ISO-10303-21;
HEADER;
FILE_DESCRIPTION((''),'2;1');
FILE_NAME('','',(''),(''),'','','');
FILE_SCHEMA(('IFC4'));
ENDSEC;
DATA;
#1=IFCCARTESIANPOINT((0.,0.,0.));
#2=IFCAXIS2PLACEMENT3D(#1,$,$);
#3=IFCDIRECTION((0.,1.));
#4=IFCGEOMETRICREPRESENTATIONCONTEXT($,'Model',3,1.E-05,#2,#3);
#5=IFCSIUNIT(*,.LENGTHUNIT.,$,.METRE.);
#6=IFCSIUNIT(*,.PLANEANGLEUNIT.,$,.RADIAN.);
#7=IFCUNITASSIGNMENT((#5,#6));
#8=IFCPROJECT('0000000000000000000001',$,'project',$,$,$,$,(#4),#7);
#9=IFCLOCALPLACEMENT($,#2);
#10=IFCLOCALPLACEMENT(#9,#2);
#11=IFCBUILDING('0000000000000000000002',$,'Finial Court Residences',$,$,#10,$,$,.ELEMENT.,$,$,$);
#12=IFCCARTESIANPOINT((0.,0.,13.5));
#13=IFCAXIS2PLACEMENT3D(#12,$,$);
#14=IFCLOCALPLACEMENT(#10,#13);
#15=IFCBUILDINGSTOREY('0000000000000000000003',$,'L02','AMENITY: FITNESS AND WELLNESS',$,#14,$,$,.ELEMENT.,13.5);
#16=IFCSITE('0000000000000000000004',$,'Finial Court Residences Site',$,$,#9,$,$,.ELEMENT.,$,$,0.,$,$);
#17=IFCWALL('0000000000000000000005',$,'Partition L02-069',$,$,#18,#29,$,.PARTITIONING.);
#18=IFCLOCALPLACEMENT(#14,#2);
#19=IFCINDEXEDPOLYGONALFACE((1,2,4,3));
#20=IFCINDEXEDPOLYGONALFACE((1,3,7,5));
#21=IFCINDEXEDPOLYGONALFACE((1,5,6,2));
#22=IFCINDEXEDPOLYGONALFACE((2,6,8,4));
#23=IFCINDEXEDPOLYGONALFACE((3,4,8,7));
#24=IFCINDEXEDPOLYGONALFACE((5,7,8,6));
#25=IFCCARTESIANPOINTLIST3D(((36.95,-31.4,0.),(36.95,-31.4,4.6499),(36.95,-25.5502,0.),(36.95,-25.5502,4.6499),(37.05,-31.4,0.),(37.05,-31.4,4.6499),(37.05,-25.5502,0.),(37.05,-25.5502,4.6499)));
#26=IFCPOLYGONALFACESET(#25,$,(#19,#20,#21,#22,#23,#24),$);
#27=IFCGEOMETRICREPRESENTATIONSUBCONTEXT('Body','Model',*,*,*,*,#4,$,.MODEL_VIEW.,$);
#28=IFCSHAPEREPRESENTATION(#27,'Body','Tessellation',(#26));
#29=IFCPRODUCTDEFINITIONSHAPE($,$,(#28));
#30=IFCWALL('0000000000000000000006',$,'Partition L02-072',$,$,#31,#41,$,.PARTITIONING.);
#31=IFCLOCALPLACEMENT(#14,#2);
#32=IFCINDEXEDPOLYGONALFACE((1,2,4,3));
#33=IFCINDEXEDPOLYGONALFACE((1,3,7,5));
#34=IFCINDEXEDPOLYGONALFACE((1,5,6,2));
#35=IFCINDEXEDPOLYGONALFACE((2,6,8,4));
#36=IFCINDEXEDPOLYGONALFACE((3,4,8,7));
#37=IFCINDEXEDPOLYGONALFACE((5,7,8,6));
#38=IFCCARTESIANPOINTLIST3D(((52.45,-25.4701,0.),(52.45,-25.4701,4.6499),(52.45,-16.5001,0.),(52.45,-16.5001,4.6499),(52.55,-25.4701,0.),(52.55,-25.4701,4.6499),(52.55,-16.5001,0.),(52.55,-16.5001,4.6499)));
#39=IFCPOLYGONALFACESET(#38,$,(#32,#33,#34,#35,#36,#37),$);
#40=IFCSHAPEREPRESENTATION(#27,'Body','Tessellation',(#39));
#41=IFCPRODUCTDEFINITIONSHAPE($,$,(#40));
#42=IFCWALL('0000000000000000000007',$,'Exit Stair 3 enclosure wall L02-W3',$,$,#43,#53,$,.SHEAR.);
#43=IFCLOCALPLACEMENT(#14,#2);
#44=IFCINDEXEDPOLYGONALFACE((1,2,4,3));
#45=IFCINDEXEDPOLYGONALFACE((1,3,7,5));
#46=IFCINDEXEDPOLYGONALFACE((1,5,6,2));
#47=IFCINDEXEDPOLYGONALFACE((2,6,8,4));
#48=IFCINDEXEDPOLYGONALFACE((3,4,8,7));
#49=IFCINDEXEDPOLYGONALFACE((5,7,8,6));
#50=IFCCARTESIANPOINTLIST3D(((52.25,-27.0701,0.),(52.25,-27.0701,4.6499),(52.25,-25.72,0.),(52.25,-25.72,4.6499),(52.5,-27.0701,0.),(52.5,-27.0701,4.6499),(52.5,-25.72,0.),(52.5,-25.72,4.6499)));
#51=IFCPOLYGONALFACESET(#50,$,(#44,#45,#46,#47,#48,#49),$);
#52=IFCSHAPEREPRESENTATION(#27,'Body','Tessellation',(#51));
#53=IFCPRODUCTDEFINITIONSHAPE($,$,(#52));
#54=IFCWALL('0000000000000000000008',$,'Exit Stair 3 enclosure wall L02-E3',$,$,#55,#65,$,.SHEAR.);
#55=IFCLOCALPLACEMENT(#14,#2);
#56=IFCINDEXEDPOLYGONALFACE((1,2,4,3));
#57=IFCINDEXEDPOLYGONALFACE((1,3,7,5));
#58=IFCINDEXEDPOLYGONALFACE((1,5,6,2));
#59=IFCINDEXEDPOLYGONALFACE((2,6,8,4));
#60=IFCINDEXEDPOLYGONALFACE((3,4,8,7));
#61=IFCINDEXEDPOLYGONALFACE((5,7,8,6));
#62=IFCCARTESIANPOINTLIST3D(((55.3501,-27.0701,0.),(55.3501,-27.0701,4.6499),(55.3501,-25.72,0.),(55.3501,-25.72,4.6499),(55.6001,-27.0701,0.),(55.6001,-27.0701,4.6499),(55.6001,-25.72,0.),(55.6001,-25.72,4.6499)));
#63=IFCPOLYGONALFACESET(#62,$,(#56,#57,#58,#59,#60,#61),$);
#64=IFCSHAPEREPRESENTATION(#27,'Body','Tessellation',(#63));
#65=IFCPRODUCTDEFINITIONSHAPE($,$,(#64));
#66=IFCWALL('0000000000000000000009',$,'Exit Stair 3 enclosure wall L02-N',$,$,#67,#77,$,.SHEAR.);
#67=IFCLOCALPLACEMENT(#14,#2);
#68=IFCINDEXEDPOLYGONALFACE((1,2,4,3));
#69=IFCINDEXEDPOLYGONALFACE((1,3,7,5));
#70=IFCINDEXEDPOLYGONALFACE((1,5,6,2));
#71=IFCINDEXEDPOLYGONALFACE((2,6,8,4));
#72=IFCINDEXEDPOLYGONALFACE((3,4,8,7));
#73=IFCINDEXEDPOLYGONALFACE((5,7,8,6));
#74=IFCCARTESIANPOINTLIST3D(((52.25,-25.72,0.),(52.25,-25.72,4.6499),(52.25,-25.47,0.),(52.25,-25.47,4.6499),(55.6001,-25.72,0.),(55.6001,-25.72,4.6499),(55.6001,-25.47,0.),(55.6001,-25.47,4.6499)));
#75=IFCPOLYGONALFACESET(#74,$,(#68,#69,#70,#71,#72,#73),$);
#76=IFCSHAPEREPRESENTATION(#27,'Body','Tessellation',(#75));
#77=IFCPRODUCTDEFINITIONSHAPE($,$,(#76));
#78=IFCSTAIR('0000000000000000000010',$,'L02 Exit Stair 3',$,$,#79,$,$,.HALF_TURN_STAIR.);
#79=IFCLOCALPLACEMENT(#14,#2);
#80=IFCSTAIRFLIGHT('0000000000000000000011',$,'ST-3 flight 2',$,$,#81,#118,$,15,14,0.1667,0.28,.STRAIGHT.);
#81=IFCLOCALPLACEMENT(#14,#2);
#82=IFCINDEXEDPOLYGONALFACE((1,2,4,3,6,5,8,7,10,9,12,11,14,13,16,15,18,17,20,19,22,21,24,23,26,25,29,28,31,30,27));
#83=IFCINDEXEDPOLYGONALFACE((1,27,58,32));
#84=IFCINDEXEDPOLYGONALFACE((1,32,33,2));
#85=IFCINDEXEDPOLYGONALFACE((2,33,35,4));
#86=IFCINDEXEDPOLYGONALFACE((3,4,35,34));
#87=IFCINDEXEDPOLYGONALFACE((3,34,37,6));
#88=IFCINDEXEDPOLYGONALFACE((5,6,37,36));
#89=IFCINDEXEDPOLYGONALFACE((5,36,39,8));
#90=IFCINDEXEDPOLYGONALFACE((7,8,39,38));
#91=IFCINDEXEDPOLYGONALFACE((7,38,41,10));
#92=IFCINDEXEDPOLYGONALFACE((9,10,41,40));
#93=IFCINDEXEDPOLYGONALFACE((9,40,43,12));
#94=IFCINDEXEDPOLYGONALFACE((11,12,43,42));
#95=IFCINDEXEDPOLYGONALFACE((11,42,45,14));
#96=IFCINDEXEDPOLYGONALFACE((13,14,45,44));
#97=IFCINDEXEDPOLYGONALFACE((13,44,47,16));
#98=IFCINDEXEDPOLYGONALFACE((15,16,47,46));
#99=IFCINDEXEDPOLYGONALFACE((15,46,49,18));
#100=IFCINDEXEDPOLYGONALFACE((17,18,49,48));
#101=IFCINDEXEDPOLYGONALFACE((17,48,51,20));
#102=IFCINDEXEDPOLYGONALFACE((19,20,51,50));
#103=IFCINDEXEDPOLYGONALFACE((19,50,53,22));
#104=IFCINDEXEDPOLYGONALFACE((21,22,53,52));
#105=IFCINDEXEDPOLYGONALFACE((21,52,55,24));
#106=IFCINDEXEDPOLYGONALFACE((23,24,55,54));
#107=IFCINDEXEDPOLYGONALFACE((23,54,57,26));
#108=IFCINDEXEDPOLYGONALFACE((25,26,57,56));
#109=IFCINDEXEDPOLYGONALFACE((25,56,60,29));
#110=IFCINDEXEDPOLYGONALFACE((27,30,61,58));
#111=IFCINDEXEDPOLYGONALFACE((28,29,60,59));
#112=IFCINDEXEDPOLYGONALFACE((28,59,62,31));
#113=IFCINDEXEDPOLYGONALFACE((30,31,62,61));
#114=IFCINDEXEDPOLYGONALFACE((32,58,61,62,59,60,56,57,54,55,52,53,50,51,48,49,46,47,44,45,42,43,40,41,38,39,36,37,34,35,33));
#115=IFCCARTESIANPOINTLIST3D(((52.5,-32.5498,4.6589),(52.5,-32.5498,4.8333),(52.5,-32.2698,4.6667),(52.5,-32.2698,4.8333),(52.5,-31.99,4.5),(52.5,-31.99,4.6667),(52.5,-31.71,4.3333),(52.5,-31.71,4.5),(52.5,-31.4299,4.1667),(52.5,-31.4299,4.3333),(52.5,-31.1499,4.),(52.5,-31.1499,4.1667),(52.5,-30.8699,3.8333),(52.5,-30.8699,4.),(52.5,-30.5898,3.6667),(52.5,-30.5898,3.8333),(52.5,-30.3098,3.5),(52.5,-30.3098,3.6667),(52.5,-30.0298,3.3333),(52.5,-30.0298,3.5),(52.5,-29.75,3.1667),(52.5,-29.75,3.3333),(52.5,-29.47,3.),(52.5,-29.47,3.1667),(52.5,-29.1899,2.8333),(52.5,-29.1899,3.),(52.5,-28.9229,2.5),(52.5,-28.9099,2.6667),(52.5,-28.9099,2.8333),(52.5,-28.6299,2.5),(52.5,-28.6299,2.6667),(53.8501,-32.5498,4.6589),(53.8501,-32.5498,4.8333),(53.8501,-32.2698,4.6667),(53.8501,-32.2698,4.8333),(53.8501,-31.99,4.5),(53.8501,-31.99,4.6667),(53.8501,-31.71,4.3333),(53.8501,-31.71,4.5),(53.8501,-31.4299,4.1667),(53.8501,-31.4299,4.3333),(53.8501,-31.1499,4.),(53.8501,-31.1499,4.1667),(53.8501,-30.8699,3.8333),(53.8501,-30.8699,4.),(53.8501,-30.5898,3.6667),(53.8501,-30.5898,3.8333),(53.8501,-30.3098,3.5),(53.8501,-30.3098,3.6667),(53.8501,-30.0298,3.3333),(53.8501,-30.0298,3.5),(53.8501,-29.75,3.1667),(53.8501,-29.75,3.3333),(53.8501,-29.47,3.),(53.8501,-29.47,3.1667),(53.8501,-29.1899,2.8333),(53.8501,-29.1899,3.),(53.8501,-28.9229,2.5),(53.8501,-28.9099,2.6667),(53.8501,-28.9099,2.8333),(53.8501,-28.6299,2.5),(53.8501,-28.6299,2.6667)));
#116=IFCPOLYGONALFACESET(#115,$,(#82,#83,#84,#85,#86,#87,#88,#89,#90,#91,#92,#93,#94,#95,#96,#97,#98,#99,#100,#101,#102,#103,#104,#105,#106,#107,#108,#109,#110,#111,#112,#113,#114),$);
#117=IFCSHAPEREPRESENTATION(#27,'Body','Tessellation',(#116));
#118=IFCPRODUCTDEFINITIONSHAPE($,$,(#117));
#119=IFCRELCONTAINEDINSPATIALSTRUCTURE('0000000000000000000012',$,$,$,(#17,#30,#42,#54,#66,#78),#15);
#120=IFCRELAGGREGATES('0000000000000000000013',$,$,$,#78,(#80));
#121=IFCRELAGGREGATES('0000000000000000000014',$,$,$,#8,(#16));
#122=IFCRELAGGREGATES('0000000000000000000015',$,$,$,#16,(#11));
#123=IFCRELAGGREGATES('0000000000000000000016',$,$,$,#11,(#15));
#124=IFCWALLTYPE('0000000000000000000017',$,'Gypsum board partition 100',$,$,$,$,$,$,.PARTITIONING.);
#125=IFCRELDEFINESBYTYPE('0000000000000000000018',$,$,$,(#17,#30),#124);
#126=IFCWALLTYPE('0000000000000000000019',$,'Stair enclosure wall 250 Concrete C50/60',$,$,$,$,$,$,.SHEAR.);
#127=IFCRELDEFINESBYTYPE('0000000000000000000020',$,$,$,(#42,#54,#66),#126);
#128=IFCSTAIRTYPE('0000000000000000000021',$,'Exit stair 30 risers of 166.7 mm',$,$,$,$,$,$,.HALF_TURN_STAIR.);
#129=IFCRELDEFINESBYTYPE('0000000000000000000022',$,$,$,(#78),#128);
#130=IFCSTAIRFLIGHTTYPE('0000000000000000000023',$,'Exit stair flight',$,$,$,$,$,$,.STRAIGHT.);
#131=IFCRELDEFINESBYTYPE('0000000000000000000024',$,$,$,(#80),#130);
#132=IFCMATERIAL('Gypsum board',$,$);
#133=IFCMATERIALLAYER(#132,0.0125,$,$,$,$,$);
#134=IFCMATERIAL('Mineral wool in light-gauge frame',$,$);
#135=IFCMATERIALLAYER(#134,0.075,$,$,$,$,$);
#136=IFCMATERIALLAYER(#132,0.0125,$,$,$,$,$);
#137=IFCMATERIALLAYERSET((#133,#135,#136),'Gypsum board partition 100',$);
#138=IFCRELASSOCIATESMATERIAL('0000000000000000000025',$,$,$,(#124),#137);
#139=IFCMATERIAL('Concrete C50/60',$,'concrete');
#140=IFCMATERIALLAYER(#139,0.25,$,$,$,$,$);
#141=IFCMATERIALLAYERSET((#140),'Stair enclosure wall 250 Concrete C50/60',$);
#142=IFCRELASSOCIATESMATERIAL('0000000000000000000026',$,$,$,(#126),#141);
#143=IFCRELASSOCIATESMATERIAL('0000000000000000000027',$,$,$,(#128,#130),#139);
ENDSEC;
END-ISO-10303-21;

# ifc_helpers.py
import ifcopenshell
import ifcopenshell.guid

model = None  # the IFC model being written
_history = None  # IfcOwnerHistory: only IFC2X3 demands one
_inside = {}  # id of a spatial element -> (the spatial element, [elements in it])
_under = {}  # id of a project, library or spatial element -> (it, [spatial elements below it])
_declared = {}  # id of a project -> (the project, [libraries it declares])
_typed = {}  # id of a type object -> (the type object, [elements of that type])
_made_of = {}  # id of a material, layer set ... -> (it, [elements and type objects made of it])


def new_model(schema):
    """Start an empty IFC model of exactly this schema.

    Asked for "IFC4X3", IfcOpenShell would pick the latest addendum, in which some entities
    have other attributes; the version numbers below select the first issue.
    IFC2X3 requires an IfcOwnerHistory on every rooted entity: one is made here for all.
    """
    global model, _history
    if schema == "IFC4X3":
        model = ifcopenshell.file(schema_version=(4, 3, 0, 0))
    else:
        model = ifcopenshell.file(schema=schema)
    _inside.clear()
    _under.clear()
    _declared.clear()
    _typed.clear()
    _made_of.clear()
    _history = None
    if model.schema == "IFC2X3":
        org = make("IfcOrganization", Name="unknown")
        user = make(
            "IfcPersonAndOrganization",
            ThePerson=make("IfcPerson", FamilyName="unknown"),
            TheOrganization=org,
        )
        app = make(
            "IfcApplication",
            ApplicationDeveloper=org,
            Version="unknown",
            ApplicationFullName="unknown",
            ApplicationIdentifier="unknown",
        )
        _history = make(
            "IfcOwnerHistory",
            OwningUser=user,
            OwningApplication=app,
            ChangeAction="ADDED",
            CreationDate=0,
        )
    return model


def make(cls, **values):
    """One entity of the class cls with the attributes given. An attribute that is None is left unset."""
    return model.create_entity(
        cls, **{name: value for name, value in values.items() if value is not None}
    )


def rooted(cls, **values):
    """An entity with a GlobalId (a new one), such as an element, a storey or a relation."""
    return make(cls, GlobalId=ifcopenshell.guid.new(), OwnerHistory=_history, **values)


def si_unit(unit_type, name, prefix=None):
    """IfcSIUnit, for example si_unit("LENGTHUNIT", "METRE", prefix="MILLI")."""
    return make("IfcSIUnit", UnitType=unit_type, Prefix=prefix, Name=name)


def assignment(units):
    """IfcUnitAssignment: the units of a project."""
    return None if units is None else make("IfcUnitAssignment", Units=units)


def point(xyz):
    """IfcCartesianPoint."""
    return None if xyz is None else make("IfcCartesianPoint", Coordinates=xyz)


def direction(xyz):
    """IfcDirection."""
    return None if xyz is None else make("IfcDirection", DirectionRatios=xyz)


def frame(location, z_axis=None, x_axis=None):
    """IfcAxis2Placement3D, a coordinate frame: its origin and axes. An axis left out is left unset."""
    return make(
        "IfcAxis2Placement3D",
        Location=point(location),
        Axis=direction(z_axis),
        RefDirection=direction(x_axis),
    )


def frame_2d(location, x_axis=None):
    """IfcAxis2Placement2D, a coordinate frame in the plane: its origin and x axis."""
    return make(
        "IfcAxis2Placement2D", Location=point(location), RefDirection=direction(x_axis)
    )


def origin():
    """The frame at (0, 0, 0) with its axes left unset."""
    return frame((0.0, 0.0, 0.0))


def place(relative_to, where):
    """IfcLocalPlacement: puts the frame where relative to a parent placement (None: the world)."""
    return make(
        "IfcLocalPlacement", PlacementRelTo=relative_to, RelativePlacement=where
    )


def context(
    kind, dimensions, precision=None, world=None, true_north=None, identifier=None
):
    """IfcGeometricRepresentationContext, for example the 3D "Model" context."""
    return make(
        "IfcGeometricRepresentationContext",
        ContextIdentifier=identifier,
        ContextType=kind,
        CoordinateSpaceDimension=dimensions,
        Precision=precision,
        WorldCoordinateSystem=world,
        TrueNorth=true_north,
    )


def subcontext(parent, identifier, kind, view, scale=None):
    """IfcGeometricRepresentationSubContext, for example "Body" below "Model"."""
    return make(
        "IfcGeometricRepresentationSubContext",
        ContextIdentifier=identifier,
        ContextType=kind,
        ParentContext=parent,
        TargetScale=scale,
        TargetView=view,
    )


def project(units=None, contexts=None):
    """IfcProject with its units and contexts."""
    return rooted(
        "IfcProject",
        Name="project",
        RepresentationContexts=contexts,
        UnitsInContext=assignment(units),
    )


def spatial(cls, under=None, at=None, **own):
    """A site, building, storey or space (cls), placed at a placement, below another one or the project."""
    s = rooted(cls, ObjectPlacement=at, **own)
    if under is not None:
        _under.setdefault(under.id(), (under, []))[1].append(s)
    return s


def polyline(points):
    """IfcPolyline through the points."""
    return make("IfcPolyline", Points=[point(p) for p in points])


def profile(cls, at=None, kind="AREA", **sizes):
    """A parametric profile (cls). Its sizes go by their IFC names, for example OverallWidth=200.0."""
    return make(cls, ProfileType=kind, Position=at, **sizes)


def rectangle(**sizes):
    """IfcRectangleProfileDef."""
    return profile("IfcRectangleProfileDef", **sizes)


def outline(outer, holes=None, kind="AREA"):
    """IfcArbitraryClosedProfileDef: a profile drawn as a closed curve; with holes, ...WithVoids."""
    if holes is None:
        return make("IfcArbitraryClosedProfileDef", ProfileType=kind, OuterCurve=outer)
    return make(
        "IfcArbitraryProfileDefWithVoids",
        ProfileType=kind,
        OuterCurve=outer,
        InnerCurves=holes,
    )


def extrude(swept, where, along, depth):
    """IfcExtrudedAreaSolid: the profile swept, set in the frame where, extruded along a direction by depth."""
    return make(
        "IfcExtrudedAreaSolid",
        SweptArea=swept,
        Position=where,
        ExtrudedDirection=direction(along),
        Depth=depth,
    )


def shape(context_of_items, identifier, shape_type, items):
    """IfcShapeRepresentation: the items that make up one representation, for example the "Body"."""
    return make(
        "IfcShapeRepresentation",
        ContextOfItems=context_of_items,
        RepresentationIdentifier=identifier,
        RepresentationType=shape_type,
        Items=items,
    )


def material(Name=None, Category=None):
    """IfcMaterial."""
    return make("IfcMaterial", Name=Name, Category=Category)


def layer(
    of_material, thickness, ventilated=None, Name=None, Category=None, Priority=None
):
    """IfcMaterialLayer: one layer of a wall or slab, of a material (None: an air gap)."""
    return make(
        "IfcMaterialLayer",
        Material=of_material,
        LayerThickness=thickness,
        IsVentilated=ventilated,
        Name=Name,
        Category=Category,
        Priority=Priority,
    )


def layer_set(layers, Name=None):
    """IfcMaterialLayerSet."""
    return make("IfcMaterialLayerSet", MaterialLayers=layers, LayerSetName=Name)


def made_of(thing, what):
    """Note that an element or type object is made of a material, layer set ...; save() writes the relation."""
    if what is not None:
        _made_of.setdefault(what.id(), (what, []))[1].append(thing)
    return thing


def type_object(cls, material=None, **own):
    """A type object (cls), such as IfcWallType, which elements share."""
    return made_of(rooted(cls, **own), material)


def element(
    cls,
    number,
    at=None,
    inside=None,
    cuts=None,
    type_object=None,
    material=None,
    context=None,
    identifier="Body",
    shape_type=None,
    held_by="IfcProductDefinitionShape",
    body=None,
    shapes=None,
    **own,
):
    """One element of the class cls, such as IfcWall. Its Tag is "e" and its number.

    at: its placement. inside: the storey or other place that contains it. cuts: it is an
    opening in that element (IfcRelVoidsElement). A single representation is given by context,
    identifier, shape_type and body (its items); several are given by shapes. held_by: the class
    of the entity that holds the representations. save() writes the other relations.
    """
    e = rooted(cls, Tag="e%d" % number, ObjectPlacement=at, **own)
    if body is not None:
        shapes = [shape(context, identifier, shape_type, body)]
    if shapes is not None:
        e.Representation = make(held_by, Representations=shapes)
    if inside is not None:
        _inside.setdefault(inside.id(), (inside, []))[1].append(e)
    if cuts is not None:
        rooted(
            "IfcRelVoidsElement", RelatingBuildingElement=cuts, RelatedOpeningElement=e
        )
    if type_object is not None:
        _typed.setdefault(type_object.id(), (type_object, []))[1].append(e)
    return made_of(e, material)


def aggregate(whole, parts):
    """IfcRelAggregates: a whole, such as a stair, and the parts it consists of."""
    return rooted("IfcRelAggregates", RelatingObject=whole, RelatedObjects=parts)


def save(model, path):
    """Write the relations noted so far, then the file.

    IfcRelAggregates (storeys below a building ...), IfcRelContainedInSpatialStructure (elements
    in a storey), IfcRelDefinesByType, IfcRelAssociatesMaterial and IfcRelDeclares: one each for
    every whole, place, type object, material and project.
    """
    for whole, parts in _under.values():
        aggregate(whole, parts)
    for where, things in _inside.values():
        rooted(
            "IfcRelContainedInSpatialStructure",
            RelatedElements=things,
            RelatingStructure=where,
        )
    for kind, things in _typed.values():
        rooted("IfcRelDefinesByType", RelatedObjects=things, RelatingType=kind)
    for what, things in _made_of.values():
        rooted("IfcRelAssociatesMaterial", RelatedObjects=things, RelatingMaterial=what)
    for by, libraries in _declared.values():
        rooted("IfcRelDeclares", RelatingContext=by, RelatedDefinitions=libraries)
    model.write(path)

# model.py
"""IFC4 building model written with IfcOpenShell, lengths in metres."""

from ifc_helpers import new_model, si_unit, direction, frame, frame_2d, origin, place, context, subcontext, project, spatial, polyline, rectangle, outline, extrude, material, layer, layer_set, type_object, element, aggregate, save


model = new_model("IFC4")

# Units and contexts
model_context = context("Model", 3, precision=1e-05, world=origin(), true_north=direction((0.0, 1.0)))
body_context = subcontext(model_context, "Body", "Model", "MODEL_VIEW")
ifc_project = project(units=[si_unit("LENGTHUNIT", "METRE"), si_unit("PLANEANGLEUNIT", "RADIAN")], contexts=[model_context])

# Site, building, storey
site_placement = place(None, origin())
site = spatial("IfcSite", under=ifc_project, at=site_placement, Name="Finial Court Residences Site", CompositionType="ELEMENT", RefElevation=0.0)
building_placement = place(site_placement, origin())
building = spatial("IfcBuilding", under=site, at=building_placement, Name="Finial Court Residences", CompositionType="ELEMENT")
storey_placement = place(building_placement, frame((0.0, 0.0, 13.5)))
storey = spatial("IfcBuildingStorey", under=building, at=storey_placement, Name="L02", Description="AMENITY: FITNESS AND WELLNESS", CompositionType="ELEMENT", Elevation=13.5)

# Shared definitions
ifc_material_1 = material(Name="Concrete C50/60", Category="concrete")

# Shared definitions
ifc_material_2 = material(Name="Gypsum board")

# Walls
ifc_layer_1 = layer(ifc_material_2, 0.0125)
ifc_material_3 = material(Name="Mineral wool in light-gauge frame")
ifc_layer_2 = layer(ifc_material_3, 0.075)
ifc_layer_3 = layer(ifc_material_2, 0.0125)
ifc_layer_set_1 = layer_set([ifc_layer_1, ifc_layer_2, ifc_layer_3], Name="Gypsum board partition 100")
wall_type_1 = type_object("IfcWallType", Name="Gypsum board partition 100", PredefinedType="PARTITIONING", material=ifc_layer_set_1)
for number, where, z_axis, x_axis, name in (
    (1, (37.0, -31.3999, 0.0), (0.0, 0.0, 1.0), (0.0, 1.0, 0.0), "Partition L02-069"),
):
    element("IfcWall", number, at=place(storey_placement, frame(where, z_axis=z_axis, x_axis=x_axis)), inside=storey, type_object=wall_type_1, Name=name, PredefinedType="PARTITIONING", context=body_context, shape_type="SweptSolid", body=[
        extrude(rectangle(XDim=5.8499, YDim=0.1001, at=frame_2d((2.9248, 0.0))), origin(), (0.0, 0.0, 1.0), 4.6499),
    ])
wall_1_placement = place(storey_placement, frame((52.5, -25.47, 0.0), z_axis=(0.0, 0.0, 1.0), x_axis=(0.0, 1.0, 0.0)))
element("IfcWall", 2, at=wall_1_placement, inside=storey, type_object=wall_type_1, Name="Partition L02-072", PredefinedType="PARTITIONING", context=body_context, shape_type="SweptSolid", body=[
    extrude(rectangle(XDim=8.97, YDim=0.1001, at=frame_2d((4.4849, 0.0))), origin(), (0.0, 0.0, 1.0), 4.6499),
])
ifc_layer_4 = layer(ifc_material_1, 0.25)
ifc_layer_set_2 = layer_set([ifc_layer_4], Name="Stair enclosure wall 250 Concrete C50/60")
wall_type_2 = type_object("IfcWallType", Name="Stair enclosure wall 250 Concrete C50/60", PredefinedType="SHEAR", material=ifc_layer_set_2)
for number, where, z_axis, x_axis, name in (
    (3, (52.375, -27.0701, 0.0), (0.0, 0.0, 1.0), (0.0, 1.0, 0.0), "Exit Stair 3 enclosure wall L02-W3"),
    (4, (55.4751, -27.0701, 0.0), (0.0, 0.0, 1.0), (0.0, 1.0, 0.0), "Exit Stair 3 enclosure wall L02-E3"),
):
    element("IfcWall", number, at=place(storey_placement, frame(where, z_axis=z_axis, x_axis=x_axis)), inside=storey, type_object=wall_type_2, Name=name, PredefinedType="SHEAR", context=body_context, shape_type="SweptSolid", body=[
        extrude(rectangle(XDim=1.3501, YDim=0.25, at=frame_2d((0.675, 0.0))), origin(), (0.0, 0.0, 1.0), 4.6499),
    ])
wall_2_placement = place(storey_placement, frame((52.25, -25.595, 0.0), z_axis=(0.0, 0.0, 1.0), x_axis=(1.0, 0.0, 0.0)))
element("IfcWall", 5, at=wall_2_placement, inside=storey, type_object=wall_type_2, Name="Exit Stair 3 enclosure wall L02-N", PredefinedType="SHEAR", context=body_context, shape_type="SweptSolid", body=[
    extrude(rectangle(XDim=3.3501, YDim=0.25, at=frame_2d((1.675, 0.0))), origin(), (0.0, 0.0, 1.0), 4.6499),
])

# Stair, stair flight
stair_type = type_object("IfcStairType", Name="Exit stair 30 risers of 166.7 mm", PredefinedType="HALF_TURN_STAIR", material=ifc_material_1)
stair_placement = place(storey_placement, origin())
stair = element("IfcStair", 6, at=stair_placement, inside=storey, type_object=stair_type, Name="L02 Exit Stair 3", PredefinedType="HALF_TURN_STAIR")
stair_flight_type = type_object("IfcStairFlightType", Name="Exit stair flight", PredefinedType="STRAIGHT", material=ifc_material_1)
stair_flight_placement = place(storey_placement, frame((53.175, -28.6299, 2.5), z_axis=(0.0, 0.0, 1.0), x_axis=(0.0, -1.0, 0.0)))
stair_flight = element("IfcStairFlight", 7, at=stair_flight_placement, type_object=stair_flight_type, Name="ST-3 flight 2", NumberOfRisers=15, NumberOfTreads=14, PredefinedType="STRAIGHT", RiserHeight=0.1667, TreadLength=0.28, context=body_context, shape_type="SweptSolid", body=[
    extrude(outline(polyline([(0.0, 0.0), (0.0, 0.1667), (0.28, 0.1667), (0.28, 0.3333), (0.5601, 0.3333), (0.5601, 0.5), (0.8401, 0.5), (0.8401, 0.6667), (1.1201, 0.6667), (1.1201, 0.8333), (1.3999, 0.8333), (1.3999, 1.0), (1.6799, 1.0), (1.6799, 1.1667), (1.96, 1.1667), (1.96, 1.3333), (2.24, 1.3333), (2.24, 1.5), (2.52, 1.5), (2.52, 1.6667), (2.8, 1.6667), (2.8, 1.8333), (3.0801, 1.8333), (3.0801, 2.0), (3.3601, 2.0), (3.3601, 2.1667), (3.6399, 2.1667), (3.6399, 2.3333), (3.9199, 2.3333), (3.9199, 2.5), (3.9199, 2.1589), (0.293, 0.0), (0.0, 0.0)])), frame((0.0, 0.675, 0.0), z_axis=(0.0, -1.0, 0.0), x_axis=(1.0, 0.0, 0.0)), (0.0, 0.0, 1.0), 1.3501),
])
aggregate(stair, [stair_flight])

save(model, "model.ifc")
